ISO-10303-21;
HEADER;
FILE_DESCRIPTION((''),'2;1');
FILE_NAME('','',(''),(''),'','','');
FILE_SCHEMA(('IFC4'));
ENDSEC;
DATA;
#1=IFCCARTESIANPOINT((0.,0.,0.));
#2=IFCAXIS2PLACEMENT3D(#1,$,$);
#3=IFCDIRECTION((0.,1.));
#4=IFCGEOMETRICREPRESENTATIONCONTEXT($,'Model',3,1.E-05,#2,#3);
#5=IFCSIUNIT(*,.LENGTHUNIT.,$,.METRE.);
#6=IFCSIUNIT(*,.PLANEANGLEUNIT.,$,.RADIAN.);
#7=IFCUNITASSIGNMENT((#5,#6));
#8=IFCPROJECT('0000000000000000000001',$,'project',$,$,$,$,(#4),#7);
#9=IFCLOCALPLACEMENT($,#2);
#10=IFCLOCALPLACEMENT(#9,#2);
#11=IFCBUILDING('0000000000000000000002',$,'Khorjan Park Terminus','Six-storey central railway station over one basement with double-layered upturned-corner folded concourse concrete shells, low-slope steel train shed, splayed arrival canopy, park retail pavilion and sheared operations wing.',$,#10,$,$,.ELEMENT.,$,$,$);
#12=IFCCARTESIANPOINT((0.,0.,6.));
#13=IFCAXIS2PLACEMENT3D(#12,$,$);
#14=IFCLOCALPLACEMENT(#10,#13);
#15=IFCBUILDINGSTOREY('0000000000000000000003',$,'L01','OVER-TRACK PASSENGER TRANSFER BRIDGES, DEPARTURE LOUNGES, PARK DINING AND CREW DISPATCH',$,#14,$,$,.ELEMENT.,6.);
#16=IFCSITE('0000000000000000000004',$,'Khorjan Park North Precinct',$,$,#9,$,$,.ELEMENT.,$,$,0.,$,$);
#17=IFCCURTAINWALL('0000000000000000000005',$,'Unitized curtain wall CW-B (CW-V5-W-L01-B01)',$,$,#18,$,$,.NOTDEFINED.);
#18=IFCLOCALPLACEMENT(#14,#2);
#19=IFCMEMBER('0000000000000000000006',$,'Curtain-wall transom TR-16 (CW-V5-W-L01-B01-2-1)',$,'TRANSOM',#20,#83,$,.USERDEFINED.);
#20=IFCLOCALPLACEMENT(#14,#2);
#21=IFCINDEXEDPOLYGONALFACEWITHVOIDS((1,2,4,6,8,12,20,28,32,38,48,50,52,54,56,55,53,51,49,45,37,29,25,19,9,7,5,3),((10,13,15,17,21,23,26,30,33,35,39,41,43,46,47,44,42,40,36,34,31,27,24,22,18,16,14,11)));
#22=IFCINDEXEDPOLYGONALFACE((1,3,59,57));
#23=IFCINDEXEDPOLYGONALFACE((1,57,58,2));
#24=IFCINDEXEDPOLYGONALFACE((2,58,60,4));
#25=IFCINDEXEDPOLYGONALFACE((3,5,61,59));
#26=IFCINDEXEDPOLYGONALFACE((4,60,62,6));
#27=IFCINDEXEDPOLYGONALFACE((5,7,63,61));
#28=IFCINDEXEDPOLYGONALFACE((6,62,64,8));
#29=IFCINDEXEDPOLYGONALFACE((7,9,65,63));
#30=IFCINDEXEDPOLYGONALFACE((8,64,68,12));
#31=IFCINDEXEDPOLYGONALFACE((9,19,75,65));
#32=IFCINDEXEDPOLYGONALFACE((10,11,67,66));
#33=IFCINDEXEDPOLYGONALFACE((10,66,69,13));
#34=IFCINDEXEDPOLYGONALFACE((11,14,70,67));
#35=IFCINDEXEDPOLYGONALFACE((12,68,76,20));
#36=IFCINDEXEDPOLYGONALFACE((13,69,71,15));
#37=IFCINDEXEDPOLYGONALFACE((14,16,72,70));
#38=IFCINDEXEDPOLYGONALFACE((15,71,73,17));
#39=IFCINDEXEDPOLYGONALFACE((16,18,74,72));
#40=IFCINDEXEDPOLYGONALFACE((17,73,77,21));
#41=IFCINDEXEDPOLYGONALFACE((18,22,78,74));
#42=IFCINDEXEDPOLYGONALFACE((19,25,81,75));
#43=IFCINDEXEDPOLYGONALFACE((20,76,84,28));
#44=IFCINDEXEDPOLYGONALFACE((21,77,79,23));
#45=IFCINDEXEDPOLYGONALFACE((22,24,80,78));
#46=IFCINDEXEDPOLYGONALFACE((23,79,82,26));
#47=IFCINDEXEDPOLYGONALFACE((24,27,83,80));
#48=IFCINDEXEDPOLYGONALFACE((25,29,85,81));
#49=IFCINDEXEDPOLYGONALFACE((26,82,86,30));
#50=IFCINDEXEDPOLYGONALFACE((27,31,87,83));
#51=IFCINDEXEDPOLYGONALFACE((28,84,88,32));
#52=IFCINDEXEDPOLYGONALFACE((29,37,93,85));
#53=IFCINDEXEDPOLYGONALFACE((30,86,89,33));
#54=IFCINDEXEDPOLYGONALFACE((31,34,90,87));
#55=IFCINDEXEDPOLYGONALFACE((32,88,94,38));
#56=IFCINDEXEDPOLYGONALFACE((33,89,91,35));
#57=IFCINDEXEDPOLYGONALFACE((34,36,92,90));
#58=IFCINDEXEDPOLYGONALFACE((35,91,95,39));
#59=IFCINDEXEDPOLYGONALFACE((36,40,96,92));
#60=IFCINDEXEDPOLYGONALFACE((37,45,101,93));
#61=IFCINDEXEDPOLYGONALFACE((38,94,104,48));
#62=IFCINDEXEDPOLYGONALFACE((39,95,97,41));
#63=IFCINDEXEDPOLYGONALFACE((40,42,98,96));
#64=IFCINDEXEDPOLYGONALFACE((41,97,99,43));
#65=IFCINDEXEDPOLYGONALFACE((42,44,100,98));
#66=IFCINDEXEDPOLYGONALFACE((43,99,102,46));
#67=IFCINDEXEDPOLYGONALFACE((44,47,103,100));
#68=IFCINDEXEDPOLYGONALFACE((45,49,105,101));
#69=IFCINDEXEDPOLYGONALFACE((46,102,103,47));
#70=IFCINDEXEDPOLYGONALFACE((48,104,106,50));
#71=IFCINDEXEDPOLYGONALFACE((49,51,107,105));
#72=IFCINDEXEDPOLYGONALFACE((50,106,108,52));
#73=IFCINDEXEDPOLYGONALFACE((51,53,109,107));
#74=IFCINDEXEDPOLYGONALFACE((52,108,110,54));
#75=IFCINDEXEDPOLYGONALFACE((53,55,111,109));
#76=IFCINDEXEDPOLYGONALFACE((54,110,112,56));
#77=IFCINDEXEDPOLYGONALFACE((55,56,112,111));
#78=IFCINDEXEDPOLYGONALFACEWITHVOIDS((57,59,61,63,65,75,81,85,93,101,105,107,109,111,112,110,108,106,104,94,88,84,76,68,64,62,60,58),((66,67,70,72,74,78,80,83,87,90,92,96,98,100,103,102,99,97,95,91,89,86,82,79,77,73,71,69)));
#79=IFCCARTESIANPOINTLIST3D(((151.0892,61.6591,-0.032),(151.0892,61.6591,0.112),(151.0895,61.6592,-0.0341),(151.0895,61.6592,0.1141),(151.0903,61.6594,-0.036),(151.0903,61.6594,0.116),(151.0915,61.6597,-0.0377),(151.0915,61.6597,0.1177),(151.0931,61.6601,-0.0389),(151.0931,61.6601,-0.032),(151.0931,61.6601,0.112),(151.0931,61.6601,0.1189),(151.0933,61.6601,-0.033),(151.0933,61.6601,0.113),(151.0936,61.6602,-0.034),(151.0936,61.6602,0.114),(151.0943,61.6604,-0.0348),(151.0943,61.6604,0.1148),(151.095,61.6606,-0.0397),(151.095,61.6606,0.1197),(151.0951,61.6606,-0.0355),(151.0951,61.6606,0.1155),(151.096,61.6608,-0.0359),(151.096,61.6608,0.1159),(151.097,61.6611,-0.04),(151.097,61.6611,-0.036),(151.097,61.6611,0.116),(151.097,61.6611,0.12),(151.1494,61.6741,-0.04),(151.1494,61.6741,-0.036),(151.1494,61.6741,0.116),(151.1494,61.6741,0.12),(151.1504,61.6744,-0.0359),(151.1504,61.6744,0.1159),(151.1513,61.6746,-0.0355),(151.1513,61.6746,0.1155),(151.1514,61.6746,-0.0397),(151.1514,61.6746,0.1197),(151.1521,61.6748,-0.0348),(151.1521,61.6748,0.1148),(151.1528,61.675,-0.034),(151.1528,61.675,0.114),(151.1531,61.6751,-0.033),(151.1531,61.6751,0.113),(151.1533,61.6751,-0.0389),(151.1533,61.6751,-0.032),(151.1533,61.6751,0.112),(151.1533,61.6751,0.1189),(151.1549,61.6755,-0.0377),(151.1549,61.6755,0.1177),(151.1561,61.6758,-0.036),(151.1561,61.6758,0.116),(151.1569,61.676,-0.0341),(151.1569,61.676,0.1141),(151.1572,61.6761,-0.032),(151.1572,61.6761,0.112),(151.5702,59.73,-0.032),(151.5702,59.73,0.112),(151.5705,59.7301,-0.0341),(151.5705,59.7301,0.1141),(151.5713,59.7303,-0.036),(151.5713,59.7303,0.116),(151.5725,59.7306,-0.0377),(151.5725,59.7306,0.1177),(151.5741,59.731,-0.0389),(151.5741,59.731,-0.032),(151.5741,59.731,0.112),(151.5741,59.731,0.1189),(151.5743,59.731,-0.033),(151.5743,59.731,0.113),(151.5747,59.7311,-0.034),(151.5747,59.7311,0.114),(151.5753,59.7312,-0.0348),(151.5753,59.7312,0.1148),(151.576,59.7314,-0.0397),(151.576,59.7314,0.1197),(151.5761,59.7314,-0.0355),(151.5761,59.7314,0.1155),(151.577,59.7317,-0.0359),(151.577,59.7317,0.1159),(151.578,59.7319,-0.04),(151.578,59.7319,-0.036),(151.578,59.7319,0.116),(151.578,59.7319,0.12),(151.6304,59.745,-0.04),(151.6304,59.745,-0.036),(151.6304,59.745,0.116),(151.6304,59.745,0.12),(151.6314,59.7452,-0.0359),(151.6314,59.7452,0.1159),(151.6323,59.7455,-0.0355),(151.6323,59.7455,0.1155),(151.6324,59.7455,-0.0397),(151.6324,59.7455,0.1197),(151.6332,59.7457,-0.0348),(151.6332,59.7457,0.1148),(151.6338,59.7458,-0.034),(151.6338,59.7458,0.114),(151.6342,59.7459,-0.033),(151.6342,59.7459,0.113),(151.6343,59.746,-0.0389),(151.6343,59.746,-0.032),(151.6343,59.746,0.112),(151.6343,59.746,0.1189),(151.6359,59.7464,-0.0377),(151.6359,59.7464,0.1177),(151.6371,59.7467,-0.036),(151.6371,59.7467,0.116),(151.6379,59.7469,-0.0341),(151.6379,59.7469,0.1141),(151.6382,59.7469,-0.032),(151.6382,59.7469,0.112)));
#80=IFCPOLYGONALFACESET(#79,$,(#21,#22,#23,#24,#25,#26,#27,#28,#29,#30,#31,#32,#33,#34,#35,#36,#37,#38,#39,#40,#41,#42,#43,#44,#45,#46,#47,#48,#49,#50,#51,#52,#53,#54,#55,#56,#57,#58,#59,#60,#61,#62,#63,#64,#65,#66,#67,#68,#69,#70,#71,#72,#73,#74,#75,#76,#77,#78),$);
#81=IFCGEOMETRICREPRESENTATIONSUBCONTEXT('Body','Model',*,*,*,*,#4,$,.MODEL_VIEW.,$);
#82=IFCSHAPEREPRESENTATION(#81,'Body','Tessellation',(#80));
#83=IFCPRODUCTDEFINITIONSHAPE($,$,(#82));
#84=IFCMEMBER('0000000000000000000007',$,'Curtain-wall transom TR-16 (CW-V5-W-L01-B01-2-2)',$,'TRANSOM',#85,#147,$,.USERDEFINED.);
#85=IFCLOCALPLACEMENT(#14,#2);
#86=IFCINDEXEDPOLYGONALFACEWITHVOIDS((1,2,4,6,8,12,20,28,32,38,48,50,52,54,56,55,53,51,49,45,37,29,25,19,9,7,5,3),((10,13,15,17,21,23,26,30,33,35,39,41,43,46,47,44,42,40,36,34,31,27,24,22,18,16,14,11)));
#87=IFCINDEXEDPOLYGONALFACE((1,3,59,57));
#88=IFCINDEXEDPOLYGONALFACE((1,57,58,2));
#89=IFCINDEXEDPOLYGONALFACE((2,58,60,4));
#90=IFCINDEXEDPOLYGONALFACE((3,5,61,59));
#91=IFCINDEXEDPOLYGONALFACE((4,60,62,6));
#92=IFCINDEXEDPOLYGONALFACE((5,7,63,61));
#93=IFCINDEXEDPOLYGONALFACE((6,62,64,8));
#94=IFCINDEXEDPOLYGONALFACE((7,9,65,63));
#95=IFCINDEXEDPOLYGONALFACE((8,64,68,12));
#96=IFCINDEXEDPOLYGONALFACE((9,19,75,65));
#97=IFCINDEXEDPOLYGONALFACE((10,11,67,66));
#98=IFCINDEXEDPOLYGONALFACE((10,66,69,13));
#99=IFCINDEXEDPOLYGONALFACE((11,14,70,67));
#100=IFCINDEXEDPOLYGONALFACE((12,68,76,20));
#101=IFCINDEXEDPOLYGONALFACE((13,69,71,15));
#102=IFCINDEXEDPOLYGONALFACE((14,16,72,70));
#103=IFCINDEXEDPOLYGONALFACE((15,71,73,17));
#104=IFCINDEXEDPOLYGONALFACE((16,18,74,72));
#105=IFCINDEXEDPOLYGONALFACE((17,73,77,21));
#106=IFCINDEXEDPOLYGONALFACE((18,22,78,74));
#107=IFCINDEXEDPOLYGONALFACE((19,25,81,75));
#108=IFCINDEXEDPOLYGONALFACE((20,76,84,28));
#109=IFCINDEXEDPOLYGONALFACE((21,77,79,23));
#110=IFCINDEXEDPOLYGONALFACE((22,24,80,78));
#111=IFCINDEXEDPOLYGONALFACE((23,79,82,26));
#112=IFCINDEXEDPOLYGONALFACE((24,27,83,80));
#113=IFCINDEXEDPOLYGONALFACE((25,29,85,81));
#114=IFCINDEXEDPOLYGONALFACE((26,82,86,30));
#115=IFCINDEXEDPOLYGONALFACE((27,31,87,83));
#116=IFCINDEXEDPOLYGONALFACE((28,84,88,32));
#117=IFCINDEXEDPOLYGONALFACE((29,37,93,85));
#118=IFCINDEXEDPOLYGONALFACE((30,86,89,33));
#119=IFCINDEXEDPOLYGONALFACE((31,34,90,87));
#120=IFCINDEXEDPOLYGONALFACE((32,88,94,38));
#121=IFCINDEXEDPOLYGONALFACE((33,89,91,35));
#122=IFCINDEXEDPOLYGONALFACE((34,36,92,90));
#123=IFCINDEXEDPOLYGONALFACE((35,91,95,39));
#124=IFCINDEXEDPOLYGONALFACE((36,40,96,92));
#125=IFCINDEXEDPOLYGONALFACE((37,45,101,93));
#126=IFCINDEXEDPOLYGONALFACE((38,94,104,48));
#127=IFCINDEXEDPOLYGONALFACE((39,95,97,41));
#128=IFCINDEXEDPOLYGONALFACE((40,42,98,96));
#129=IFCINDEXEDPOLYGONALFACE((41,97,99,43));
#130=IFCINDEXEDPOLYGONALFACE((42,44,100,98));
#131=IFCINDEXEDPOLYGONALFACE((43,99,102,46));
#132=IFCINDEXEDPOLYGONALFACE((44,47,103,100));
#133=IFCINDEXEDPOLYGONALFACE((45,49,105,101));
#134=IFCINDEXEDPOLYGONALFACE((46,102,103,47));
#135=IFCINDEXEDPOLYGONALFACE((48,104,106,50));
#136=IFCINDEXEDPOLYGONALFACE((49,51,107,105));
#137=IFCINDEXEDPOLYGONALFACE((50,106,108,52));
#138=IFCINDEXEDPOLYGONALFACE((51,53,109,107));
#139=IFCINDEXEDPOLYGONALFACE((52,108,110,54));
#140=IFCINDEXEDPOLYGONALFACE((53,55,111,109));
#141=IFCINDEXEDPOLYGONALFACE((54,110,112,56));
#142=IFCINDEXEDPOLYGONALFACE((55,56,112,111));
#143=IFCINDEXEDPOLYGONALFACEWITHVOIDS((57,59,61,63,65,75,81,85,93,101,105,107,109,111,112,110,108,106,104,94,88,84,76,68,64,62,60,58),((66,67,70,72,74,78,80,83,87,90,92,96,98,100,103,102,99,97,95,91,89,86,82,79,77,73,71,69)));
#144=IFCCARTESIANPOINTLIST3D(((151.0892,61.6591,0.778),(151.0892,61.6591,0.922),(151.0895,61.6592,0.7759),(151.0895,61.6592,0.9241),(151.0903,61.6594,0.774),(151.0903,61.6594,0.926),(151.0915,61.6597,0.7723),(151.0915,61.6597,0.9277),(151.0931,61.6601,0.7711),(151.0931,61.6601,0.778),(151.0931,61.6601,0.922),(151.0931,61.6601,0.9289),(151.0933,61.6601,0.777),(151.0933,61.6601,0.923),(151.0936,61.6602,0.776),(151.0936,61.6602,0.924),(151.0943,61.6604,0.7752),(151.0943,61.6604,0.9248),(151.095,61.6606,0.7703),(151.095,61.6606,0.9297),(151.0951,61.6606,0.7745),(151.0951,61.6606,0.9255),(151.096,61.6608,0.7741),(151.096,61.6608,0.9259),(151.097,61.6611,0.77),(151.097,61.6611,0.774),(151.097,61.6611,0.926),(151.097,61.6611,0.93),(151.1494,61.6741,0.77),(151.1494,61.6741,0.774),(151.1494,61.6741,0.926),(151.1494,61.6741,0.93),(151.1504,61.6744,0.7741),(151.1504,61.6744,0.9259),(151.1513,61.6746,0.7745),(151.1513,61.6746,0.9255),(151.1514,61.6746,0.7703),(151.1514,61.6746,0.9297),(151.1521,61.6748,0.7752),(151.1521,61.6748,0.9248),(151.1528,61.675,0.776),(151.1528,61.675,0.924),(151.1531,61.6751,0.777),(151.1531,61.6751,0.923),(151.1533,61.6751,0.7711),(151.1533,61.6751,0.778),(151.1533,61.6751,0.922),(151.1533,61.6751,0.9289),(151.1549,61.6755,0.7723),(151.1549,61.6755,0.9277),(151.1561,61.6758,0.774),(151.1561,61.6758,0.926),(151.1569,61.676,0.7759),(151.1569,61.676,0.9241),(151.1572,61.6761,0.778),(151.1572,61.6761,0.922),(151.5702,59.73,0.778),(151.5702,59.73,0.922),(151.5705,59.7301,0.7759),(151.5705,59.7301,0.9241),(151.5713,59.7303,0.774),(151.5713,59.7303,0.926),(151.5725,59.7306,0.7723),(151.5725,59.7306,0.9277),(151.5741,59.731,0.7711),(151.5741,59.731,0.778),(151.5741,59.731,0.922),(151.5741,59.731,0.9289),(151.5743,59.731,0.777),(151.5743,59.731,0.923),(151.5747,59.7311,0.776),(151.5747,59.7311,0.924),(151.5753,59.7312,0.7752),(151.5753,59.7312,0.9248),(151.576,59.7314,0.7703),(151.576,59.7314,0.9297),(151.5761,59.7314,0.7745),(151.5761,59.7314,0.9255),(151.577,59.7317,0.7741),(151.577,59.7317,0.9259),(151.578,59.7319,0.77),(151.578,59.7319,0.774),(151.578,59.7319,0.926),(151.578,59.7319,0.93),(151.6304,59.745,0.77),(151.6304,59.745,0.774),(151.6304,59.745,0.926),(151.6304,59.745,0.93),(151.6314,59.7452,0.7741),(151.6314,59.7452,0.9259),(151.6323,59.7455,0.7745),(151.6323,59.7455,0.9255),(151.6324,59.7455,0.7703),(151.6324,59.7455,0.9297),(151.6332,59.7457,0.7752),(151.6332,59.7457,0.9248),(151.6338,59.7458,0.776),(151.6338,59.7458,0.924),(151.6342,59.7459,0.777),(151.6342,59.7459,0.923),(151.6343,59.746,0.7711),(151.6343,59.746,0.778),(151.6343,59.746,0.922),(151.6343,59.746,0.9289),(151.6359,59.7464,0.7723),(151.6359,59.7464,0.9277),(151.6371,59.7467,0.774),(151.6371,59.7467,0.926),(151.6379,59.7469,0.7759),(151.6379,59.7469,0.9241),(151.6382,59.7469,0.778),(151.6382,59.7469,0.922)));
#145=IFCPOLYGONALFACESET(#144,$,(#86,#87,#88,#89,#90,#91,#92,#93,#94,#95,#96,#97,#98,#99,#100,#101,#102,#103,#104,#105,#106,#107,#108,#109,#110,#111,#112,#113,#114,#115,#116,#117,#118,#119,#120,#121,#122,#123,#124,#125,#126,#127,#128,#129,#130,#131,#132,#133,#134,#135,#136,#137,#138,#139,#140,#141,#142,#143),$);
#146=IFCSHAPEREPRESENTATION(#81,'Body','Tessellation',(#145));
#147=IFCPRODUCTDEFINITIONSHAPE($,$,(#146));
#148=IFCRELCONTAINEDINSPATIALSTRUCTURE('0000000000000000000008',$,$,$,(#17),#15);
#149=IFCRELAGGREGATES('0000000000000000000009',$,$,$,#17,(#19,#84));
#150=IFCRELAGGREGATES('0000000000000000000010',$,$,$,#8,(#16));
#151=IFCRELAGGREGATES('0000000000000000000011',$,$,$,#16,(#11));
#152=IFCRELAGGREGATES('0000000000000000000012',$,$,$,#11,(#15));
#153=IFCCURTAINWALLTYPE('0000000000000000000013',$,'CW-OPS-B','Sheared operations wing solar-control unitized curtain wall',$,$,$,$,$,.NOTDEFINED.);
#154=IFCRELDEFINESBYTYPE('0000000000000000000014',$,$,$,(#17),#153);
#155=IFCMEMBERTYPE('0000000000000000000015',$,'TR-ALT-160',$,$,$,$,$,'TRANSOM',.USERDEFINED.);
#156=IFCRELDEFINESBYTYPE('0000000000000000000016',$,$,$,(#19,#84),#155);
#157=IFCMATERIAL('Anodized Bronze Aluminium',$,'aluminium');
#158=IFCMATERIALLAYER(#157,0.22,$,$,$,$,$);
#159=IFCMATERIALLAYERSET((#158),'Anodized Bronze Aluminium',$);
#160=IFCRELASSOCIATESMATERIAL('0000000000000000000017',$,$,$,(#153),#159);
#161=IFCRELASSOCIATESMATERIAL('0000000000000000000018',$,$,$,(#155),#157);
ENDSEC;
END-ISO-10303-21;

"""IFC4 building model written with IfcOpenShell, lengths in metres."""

from ifc_helpers import new_model, si_unit, direction, frame, origin, origin_2d, place, context, subcontext, project, spatial, hollow_rectangle, extrude, material, layer, layer_set, material_profile, profile_set, type_object, element, aggregate, save


model = new_model("IFC4")

# Units and contexts
model_context = context("Model", 3, precision=1e-05, world=origin(), true_north=direction((0.0, 1.0)))
body_context = subcontext(model_context, "Body", "Model", "MODEL_VIEW")
ifc_project = project(units=[si_unit("LENGTHUNIT", "METRE"), si_unit("PLANEANGLEUNIT", "RADIAN")], contexts=[model_context])

# Site, building, storey
site_placement = place(None, origin())
site = spatial("IfcSite", under=ifc_project, at=site_placement, Name="Khorjan Park North Precinct", CompositionType="ELEMENT", RefElevation=0.0)
building_placement = place(site_placement, origin())
building = spatial("IfcBuilding", under=site, at=building_placement, Name="Khorjan Park Terminus", Description="Six-storey central railway station over one basement with double-layered upturned-corner folded concourse concrete shells, low-slope steel train shed, splayed arrival canopy, park retail pavilion and sheared operations wing.", CompositionType="ELEMENT")
storey_placement = place(building_placement, frame((0.0, 0.0, 6.0)))
storey = spatial("IfcBuildingStorey", under=building, at=storey_placement, Name="L01", Description="OVER-TRACK PASSENGER TRANSFER BRIDGES, DEPARTURE LOUNGES, PARK DINING AND CREW DISPATCH", CompositionType="ELEMENT", Elevation=6.0)

# Curtain wall, members
ifc_material_1 = material(Name="Anodized Bronze Aluminium", Category="aluminium")
ifc_layer_1 = layer(ifc_material_1, 0.22)
ifc_layer_set_1 = layer_set([ifc_layer_1], Name="Anodized Bronze Aluminium")
curtain_wall_type = type_object("IfcCurtainWallType", Name="CW-OPS-B", Description="Sheared operations wing solar-control unitized curtain wall", PredefinedType="NOTDEFINED", material=ifc_layer_set_1)
curtain_wall_placement = place(storey_placement, origin())
curtain_wall = element("IfcCurtainWall", 1, at=curtain_wall_placement, inside=storey, type_object=curtain_wall_type, Name="Unitized curtain wall CW-B (CW-V5-W-L01-B01)", PredefinedType="NOTDEFINED")
ifc_material_profile_1 = material_profile(ifc_material_1, hollow_rectangle(XDim=0.07, YDim=0.16, WallThickness=0.004, InnerFilletRadius=0.004, OuterFilletRadius=0.008, at=origin_2d()), Name="ALT 70x160x4")
ifc_profile_set_1 = profile_set([ifc_material_profile_1], Name="Anodized Bronze Aluminium")
member_type_1 = type_object("IfcMemberType", Name="TR-ALT-160", ElementType="TRANSOM", PredefinedType="USERDEFINED", material=ifc_profile_set_1)
member_1_placement = place(storey_placement, frame((151.1232, 61.6676, 0.04), z_axis=(0.241932, -0.970293, 0.0), x_axis=(0.970293, 0.241932, 0.0)))
member_1 = element("IfcMember", 2, at=member_1_placement, type_object=member_type_1, Name="Curtain-wall transom TR-16 (CW-V5-W-L01-B01-2-1)", ObjectType="TRANSOM", PredefinedType="USERDEFINED", context=body_context, shape_type="SweptSolid", body=[
    extrude(hollow_rectangle(XDim=0.07, YDim=0.16, WallThickness=0.004, InnerFilletRadius=0.004, OuterFilletRadius=0.008, at=origin_2d()), origin(), (0.0, 0.0, 1.0), 1.9882),
])
member_2_placement = place(storey_placement, frame((151.1232, 61.6676, 0.85), z_axis=(0.241932, -0.970293, 0.0), x_axis=(0.970293, 0.241932, 0.0)))
member_2 = element("IfcMember", 3, at=member_2_placement, type_object=member_type_1, Name="Curtain-wall transom TR-16 (CW-V5-W-L01-B01-2-2)", ObjectType="TRANSOM", PredefinedType="USERDEFINED", context=body_context, shape_type="SweptSolid", body=[
    extrude(hollow_rectangle(XDim=0.07, YDim=0.16, WallThickness=0.004, InnerFilletRadius=0.004, OuterFilletRadius=0.008, at=origin_2d()), origin(), (0.0, 0.0, 1.0), 1.9882),
])
aggregate(curtain_wall, [member_1, member_2])

save(model, "model.ifc")
